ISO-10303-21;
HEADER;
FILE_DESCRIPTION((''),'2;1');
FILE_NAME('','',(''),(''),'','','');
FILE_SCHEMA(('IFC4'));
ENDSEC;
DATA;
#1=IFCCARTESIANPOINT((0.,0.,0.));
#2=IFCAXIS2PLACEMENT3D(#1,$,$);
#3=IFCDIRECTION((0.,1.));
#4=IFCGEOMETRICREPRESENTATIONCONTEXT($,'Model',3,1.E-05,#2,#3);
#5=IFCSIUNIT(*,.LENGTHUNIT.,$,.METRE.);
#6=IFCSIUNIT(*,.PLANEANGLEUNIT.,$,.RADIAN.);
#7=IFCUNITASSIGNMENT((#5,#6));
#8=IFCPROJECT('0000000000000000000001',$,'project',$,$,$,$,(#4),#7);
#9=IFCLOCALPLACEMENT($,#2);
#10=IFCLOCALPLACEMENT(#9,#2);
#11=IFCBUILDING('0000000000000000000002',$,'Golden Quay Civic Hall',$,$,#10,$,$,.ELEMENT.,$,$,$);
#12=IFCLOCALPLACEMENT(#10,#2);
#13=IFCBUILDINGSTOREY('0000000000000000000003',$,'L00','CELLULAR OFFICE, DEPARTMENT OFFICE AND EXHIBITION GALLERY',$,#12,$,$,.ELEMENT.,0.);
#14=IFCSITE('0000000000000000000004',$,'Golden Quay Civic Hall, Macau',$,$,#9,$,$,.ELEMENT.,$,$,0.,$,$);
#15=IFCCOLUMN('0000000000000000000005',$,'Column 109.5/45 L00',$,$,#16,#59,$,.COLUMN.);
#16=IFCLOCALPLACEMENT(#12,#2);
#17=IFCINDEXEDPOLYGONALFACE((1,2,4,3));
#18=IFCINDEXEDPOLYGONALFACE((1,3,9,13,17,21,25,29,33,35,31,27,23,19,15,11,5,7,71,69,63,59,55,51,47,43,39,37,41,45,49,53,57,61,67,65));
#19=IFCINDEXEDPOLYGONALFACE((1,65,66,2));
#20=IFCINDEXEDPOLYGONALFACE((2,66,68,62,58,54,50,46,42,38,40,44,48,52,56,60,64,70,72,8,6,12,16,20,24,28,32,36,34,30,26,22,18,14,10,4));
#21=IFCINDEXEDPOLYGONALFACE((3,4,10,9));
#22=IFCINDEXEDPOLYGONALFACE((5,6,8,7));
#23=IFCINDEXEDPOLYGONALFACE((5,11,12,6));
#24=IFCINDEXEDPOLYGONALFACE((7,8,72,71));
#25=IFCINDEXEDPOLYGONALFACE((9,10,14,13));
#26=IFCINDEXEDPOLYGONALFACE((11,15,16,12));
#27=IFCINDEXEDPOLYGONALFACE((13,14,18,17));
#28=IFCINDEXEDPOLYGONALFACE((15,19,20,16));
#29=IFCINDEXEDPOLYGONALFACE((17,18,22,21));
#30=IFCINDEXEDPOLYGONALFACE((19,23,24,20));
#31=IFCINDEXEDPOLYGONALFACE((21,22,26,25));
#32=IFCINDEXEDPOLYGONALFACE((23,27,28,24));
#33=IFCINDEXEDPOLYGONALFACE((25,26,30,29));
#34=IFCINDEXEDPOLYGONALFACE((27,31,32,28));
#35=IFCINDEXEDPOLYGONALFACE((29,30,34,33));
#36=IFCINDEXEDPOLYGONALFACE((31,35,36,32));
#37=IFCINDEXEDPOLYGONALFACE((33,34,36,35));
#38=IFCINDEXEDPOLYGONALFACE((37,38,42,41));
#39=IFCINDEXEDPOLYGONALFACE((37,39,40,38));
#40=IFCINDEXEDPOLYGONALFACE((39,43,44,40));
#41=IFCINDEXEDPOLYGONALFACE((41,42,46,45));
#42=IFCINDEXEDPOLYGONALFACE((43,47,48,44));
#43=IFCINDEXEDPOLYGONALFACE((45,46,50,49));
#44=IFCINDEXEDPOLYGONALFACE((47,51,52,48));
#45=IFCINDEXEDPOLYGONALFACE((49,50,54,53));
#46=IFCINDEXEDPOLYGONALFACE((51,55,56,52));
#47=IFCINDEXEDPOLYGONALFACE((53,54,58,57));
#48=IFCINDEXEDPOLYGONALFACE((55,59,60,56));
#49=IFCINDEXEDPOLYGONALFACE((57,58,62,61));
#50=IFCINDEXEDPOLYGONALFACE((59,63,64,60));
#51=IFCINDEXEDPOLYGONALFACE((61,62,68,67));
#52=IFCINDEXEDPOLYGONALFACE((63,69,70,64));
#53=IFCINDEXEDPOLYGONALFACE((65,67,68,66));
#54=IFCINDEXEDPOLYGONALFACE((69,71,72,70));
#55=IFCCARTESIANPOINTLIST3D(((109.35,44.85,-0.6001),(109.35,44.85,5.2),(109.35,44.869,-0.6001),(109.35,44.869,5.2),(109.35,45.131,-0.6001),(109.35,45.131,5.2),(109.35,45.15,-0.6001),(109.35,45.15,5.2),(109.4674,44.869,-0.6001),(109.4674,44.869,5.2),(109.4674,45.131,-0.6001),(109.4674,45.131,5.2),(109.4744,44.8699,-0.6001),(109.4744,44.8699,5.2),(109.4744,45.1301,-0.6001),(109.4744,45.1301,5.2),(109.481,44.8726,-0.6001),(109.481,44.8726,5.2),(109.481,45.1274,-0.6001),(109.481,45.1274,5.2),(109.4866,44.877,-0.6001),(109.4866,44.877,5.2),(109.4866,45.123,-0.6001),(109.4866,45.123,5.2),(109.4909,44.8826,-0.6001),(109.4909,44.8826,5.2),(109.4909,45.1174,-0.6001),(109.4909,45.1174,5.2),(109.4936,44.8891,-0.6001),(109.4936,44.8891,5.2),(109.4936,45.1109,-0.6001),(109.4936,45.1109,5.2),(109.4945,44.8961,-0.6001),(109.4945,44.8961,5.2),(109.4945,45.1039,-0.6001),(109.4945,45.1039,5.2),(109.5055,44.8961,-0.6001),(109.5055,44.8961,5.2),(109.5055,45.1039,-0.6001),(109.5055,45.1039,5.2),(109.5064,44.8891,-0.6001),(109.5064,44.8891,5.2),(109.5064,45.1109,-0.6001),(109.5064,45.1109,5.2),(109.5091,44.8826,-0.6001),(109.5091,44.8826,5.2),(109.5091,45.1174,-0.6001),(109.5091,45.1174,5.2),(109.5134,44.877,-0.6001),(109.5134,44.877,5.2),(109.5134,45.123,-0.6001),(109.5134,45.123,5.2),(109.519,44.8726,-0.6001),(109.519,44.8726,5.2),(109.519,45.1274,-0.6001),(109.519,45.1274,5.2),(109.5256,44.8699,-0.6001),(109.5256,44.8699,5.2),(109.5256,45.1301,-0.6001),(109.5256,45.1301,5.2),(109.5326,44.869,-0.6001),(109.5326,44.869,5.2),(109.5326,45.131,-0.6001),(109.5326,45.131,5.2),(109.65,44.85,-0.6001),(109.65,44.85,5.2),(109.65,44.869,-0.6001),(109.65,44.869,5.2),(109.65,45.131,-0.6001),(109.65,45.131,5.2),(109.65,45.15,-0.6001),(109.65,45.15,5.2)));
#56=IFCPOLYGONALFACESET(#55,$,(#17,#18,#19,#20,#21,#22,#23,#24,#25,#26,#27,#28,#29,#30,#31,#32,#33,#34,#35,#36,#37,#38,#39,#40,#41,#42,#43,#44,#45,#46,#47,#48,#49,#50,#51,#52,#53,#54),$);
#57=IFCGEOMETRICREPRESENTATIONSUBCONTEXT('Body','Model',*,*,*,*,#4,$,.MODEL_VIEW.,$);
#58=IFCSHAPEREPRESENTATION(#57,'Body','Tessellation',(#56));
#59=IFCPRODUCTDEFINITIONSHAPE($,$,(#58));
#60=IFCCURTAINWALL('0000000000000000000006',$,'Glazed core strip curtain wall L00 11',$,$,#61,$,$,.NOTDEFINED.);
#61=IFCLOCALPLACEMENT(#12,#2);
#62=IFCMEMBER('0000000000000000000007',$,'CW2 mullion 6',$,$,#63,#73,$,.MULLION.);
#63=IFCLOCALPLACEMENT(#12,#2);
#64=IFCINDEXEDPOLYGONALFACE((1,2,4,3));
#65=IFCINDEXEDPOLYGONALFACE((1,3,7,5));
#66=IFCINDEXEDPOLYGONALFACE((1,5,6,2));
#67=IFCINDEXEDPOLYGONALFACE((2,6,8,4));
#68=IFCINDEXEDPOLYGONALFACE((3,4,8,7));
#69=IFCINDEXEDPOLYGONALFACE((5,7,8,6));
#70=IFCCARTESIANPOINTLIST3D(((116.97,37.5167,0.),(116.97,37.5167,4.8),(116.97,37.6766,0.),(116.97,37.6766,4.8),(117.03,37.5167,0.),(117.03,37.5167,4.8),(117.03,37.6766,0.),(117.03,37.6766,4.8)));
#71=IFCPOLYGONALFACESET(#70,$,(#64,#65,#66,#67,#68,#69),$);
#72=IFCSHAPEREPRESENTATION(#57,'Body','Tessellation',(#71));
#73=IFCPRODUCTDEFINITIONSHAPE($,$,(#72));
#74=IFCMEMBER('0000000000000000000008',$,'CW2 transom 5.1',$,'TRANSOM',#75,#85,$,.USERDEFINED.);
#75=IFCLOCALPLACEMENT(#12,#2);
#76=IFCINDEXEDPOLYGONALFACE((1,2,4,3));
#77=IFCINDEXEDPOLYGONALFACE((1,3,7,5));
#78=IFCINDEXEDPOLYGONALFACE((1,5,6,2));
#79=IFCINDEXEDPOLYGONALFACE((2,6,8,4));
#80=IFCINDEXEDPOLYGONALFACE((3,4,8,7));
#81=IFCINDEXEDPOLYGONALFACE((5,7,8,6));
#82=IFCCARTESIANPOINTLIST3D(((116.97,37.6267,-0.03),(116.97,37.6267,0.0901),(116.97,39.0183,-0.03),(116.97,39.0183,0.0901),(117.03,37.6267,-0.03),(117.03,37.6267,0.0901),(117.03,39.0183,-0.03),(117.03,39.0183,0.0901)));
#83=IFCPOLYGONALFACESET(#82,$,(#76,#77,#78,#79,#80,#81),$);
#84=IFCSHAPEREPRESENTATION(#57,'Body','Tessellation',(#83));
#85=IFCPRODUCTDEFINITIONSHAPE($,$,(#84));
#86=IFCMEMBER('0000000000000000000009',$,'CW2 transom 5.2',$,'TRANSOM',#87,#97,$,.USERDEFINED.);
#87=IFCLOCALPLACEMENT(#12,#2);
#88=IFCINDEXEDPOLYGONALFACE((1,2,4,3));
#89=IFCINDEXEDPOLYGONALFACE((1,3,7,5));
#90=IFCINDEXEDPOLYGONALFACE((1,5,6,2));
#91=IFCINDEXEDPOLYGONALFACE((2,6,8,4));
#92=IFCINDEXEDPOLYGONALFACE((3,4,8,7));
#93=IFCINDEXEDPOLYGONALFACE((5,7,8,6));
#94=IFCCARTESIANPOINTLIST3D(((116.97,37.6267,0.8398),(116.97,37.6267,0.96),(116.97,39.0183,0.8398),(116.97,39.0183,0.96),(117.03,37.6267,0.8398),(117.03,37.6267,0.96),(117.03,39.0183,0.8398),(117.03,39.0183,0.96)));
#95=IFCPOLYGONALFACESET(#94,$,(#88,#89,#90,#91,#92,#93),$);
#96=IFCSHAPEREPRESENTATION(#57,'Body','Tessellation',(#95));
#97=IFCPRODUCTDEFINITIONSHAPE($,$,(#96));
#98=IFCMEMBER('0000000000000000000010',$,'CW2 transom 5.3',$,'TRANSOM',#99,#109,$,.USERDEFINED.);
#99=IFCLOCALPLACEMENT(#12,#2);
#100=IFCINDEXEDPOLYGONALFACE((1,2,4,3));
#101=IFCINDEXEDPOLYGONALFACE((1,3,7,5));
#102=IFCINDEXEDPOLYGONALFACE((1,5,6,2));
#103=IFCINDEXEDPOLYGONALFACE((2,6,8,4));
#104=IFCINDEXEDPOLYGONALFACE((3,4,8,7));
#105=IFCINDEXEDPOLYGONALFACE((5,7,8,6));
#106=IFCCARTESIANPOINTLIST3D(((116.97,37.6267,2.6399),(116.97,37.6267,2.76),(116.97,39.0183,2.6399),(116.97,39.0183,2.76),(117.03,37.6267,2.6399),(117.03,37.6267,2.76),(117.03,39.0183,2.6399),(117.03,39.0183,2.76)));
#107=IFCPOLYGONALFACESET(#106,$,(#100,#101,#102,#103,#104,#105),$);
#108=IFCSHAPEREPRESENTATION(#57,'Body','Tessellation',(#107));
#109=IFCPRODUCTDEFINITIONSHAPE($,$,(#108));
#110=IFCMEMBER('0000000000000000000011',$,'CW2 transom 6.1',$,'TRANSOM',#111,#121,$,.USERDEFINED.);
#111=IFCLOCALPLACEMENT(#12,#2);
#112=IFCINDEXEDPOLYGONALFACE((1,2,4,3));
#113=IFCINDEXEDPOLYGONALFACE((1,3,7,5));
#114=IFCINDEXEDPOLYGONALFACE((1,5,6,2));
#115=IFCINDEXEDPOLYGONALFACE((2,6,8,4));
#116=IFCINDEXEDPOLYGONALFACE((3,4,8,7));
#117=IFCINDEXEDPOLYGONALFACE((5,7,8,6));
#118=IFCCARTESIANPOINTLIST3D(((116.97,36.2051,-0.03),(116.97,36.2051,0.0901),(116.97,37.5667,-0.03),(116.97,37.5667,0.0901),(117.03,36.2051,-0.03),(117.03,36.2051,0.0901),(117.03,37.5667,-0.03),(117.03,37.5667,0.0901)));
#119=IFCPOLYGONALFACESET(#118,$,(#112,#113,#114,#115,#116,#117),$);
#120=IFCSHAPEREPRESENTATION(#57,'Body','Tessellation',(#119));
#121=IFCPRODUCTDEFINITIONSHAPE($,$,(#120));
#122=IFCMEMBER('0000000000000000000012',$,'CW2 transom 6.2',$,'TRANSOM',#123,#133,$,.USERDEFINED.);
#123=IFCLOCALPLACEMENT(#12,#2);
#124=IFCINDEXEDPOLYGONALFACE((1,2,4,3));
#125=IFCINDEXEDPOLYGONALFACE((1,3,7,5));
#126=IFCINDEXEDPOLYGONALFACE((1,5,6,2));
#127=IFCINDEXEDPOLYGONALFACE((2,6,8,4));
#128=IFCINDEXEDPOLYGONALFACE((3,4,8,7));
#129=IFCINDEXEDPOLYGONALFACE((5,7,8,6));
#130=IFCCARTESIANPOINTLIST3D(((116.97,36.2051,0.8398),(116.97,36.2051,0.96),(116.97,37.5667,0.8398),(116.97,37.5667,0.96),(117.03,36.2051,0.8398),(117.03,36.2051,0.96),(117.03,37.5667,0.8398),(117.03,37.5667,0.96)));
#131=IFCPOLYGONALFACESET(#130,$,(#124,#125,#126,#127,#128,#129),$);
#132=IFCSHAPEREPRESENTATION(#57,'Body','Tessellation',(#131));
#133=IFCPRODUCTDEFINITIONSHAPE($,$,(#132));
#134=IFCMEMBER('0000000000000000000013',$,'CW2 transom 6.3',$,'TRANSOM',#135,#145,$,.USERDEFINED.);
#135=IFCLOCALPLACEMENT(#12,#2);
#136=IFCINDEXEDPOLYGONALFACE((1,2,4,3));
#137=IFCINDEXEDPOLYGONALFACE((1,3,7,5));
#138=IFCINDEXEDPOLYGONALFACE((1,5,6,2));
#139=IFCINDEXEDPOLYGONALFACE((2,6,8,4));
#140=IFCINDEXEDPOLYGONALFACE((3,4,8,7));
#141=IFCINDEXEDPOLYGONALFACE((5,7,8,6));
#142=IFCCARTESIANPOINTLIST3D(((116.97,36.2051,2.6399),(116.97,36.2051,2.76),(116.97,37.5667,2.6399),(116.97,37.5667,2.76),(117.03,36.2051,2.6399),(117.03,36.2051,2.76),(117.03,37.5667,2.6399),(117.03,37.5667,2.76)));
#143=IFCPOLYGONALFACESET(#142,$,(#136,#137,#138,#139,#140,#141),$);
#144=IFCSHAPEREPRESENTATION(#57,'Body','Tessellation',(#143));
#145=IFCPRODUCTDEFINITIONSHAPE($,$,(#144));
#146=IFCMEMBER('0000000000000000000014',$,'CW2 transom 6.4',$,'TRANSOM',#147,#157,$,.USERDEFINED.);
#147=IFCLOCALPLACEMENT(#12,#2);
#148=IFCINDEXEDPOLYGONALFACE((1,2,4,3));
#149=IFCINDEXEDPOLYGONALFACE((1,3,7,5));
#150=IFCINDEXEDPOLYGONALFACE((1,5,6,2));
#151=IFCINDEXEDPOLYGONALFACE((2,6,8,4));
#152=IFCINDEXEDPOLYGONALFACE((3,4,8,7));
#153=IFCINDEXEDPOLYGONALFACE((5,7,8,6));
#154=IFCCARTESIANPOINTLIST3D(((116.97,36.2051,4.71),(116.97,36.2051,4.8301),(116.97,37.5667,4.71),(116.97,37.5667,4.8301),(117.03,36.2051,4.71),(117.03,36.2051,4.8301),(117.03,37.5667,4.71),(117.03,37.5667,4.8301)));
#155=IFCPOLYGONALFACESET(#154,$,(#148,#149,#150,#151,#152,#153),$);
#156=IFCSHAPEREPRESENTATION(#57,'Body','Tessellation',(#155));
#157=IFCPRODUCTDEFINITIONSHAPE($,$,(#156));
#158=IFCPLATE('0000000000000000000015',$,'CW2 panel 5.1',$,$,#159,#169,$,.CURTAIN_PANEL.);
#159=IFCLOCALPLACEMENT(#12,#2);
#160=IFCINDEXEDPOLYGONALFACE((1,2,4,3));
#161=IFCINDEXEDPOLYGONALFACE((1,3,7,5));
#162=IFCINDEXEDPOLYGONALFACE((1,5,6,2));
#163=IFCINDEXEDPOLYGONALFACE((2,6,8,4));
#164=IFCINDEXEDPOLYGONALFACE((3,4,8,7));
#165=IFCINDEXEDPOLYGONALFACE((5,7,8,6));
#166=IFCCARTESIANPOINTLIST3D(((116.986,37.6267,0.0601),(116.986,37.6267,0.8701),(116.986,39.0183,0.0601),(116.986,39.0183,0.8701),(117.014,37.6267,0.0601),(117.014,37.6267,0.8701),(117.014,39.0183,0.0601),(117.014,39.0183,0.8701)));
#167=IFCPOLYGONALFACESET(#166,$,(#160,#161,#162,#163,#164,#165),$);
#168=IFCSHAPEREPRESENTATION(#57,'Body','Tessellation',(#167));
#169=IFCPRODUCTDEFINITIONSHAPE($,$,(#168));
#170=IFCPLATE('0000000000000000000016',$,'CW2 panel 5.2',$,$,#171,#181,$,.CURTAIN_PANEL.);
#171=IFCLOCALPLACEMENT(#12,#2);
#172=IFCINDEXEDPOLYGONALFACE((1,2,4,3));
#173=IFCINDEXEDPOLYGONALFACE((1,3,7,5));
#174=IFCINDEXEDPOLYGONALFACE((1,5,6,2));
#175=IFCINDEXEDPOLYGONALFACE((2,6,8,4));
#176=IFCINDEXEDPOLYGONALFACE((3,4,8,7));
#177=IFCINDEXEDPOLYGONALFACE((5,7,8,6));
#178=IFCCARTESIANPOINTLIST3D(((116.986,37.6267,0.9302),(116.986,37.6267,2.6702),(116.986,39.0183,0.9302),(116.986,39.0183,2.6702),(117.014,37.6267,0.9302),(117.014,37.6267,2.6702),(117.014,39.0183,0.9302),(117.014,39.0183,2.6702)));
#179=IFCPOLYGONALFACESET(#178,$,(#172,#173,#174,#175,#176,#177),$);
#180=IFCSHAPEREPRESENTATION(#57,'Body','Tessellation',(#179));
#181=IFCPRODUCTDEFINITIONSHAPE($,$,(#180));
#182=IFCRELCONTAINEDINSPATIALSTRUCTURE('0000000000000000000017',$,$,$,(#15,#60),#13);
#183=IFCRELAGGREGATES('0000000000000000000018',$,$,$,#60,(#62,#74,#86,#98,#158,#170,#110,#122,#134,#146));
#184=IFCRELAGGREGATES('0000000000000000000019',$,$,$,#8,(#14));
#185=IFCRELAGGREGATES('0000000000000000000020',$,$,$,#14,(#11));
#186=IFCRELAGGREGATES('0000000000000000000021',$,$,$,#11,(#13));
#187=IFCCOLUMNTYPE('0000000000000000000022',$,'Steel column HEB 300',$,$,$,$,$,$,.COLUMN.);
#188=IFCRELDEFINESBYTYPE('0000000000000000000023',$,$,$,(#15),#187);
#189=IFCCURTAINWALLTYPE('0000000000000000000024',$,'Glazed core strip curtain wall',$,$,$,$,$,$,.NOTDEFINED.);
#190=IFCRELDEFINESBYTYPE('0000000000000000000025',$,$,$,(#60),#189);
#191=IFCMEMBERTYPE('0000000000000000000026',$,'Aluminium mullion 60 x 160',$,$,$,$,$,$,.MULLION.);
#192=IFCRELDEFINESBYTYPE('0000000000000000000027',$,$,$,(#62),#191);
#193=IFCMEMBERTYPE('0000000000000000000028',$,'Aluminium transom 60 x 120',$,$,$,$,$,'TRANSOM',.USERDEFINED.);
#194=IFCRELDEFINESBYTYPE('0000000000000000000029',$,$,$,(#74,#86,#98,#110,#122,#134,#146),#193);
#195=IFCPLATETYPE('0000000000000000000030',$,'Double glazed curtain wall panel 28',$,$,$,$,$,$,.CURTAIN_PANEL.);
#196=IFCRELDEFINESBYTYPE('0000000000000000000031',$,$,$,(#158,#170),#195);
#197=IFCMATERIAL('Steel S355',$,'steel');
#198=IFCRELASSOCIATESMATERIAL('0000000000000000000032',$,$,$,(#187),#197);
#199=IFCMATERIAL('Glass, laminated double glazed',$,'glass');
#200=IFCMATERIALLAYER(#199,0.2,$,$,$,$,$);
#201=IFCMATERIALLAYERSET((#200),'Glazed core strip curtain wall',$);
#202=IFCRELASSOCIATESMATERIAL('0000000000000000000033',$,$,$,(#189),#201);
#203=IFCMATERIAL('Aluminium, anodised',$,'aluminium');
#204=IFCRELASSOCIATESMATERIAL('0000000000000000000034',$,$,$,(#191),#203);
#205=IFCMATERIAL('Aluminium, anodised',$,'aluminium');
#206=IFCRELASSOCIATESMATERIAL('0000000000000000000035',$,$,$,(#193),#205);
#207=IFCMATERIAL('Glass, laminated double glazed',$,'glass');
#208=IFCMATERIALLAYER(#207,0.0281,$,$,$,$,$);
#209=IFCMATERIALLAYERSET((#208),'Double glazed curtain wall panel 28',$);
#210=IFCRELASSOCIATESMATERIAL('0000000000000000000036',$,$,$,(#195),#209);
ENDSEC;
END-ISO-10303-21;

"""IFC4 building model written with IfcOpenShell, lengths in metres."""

from ifc_helpers import new_model, si_unit, direction, frame, origin, origin_2d, place, context, subcontext, project, spatial, rectangle, i_section, extrude, material, layer, layer_set, material_profile, profile_set, type_object, element, aggregate, save


model = new_model("IFC4")

# Units and contexts
model_context = context("Model", 3, precision=1e-05, world=origin(), true_north=direction((0.0, 1.0)))
body_context = subcontext(model_context, "Body", "Model", "MODEL_VIEW")
ifc_project = project(units=[si_unit("LENGTHUNIT", "METRE"), si_unit("PLANEANGLEUNIT", "RADIAN")], contexts=[model_context])

# Site, building, storey
site_placement = place(None, origin())
site = spatial("IfcSite", under=ifc_project, at=site_placement, Name="Golden Quay Civic Hall, Macau", CompositionType="ELEMENT", RefElevation=0.0)
building_placement = place(site_placement, origin())
building = spatial("IfcBuilding", under=site, at=building_placement, Name="Golden Quay Civic Hall", CompositionType="ELEMENT")
storey_placement = place(building_placement, origin())
storey = spatial("IfcBuildingStorey", under=building, at=storey_placement, Name="L00", Description="CELLULAR OFFICE, DEPARTMENT OFFICE AND EXHIBITION GALLERY", CompositionType="ELEMENT", Elevation=0.0)

# Column
ifc_material_1 = material(Name="Steel S355", Category="steel")
ifc_material_profile_1 = material_profile(ifc_material_1, i_section(OverallWidth=0.3, OverallDepth=0.3, WebThickness=0.011, FlangeThickness=0.019, FilletRadius=0.0271, at=origin_2d()), Name="HEB 300")
ifc_profile_set_1 = profile_set([ifc_material_profile_1], Name="Steel S355")
column_type = type_object("IfcColumnType", Name="Steel column HEB 300", PredefinedType="COLUMN", material=ifc_profile_set_1)
column_placement = place(storey_placement, frame((109.5, 45.0, -0.6001), z_axis=(0.0, 0.0, 1.0), x_axis=(1.0, 0.0, 0.0)))
element("IfcColumn", 1, at=column_placement, inside=storey, type_object=column_type, Name="Column 109.5/45 L00", PredefinedType="COLUMN", context=body_context, shape_type="SweptSolid", body=[
    extrude(i_section(OverallWidth=0.3, OverallDepth=0.3, WebThickness=0.011, FlangeThickness=0.019, FilletRadius=0.0271, at=origin_2d()), origin(), (0.0, 0.0, 1.0), 5.8),
])

# Curtain wall, members, plates
ifc_material_2 = material(Name="Glass, laminated double glazed", Category="glass")
ifc_layer_1 = layer(ifc_material_2, 0.2)
ifc_layer_set_1 = layer_set([ifc_layer_1], Name="Glazed core strip curtain wall")
curtain_wall_type = type_object("IfcCurtainWallType", Name="Glazed core strip curtain wall", PredefinedType="NOTDEFINED", material=ifc_layer_set_1)
curtain_wall_placement = place(storey_placement, origin())
curtain_wall = element("IfcCurtainWall", 2, at=curtain_wall_placement, inside=storey, type_object=curtain_wall_type, Name="Glazed core strip curtain wall L00 11", PredefinedType="NOTDEFINED")
ifc_material_3 = material(Name="Aluminium, anodised", Category="aluminium")
ifc_material_profile_2 = material_profile(ifc_material_3, rectangle(XDim=0.0601, YDim=0.1599, at=origin_2d()), Name="Aluminium 60 x 160")
ifc_profile_set_2 = profile_set([ifc_material_profile_2], Name="Aluminium, anodised")
member_type_1 = type_object("IfcMemberType", Name="Aluminium mullion 60 x 160", PredefinedType="MULLION", material=ifc_profile_set_2)
member_1_placement = place(storey_placement, frame((117.0, 37.5967, 0.0), z_axis=(0.0, 0.0, 1.0), x_axis=(1.0, 0.0, 0.0)))
member_1 = element("IfcMember", 3, at=member_1_placement, type_object=member_type_1, Name="CW2 mullion 6", PredefinedType="MULLION", context=body_context, shape_type="SweptSolid", body=[
    extrude(rectangle(XDim=0.0601, YDim=0.1599, at=origin_2d()), origin(), (0.0, 0.0, 1.0), 4.8),
])
ifc_material_4 = material(Name="Aluminium, anodised", Category="aluminium")
ifc_material_profile_3 = material_profile(ifc_material_4, rectangle(XDim=0.0601, YDim=0.1201, at=origin_2d()), Name="Aluminium 60 x 120")
ifc_profile_set_3 = profile_set([ifc_material_profile_3], Name="Aluminium, anodised")
member_type_2 = type_object("IfcMemberType", Name="Aluminium transom 60 x 120", ElementType="TRANSOM", PredefinedType="USERDEFINED", material=ifc_profile_set_3)
member_2_placement = place(storey_placement, frame((117.0, 39.0183, 0.03), z_axis=(0.0, -1.0, 0.0), x_axis=(1.0, 0.0, 0.0)))
member_2 = element("IfcMember", 4, at=member_2_placement, type_object=member_type_2, Name="CW2 transom 5.1", ObjectType="TRANSOM", PredefinedType="USERDEFINED", context=body_context, shape_type="SweptSolid", body=[
    extrude(rectangle(XDim=0.0601, YDim=0.1201, at=origin_2d()), origin(), (0.0, 0.0, 1.0), 1.3916),
])
member_3_placement = place(storey_placement, frame((117.0, 39.0183, 0.8999), z_axis=(0.0, -1.0, 0.0), x_axis=(1.0, 0.0, 0.0)))
member_3 = element("IfcMember", 5, at=member_3_placement, type_object=member_type_2, Name="CW2 transom 5.2", ObjectType="TRANSOM", PredefinedType="USERDEFINED", context=body_context, shape_type="SweptSolid", body=[
    extrude(rectangle(XDim=0.0601, YDim=0.1201, at=origin_2d()), origin(), (0.0, 0.0, 1.0), 1.3916),
])
member_4_placement = place(storey_placement, frame((117.0, 39.0183, 2.7), z_axis=(0.0, -1.0, 0.0), x_axis=(1.0, 0.0, 0.0)))
member_4 = element("IfcMember", 6, at=member_4_placement, type_object=member_type_2, Name="CW2 transom 5.3", ObjectType="TRANSOM", PredefinedType="USERDEFINED", context=body_context, shape_type="SweptSolid", body=[
    extrude(rectangle(XDim=0.0601, YDim=0.1201, at=origin_2d()), origin(), (0.0, 0.0, 1.0), 1.3916),
])
member_5_placement = place(storey_placement, frame((117.0, 37.5667, 0.03), z_axis=(0.0, -1.0, 0.0), x_axis=(1.0, 0.0, 0.0)))
member_5 = element("IfcMember", 7, at=member_5_placement, type_object=member_type_2, Name="CW2 transom 6.1", ObjectType="TRANSOM", PredefinedType="USERDEFINED", context=body_context, shape_type="SweptSolid", body=[
    extrude(rectangle(XDim=0.0601, YDim=0.1201, at=origin_2d()), origin(), (0.0, 0.0, 1.0), 1.3616),
])
member_6_placement = place(storey_placement, frame((117.0, 37.5667, 0.8999), z_axis=(0.0, -1.0, 0.0), x_axis=(1.0, 0.0, 0.0)))
member_6 = element("IfcMember", 8, at=member_6_placement, type_object=member_type_2, Name="CW2 transom 6.2", ObjectType="TRANSOM", PredefinedType="USERDEFINED", context=body_context, shape_type="SweptSolid", body=[
    extrude(rectangle(XDim=0.0601, YDim=0.1201, at=origin_2d()), origin(), (0.0, 0.0, 1.0), 1.3616),
])
member_7_placement = place(storey_placement, frame((117.0, 37.5667, 2.7), z_axis=(0.0, -1.0, 0.0), x_axis=(1.0, 0.0, 0.0)))
member_7 = element("IfcMember", 9, at=member_7_placement, type_object=member_type_2, Name="CW2 transom 6.3", ObjectType="TRANSOM", PredefinedType="USERDEFINED", context=body_context, shape_type="SweptSolid", body=[
    extrude(rectangle(XDim=0.0601, YDim=0.1201, at=origin_2d()), origin(), (0.0, 0.0, 1.0), 1.3616),
])
member_8_placement = place(storey_placement, frame((117.0, 37.5667, 4.77), z_axis=(0.0, -1.0, 0.0), x_axis=(1.0, 0.0, 0.0)))
member_8 = element("IfcMember", 10, at=member_8_placement, type_object=member_type_2, Name="CW2 transom 6.4", ObjectType="TRANSOM", PredefinedType="USERDEFINED", context=body_context, shape_type="SweptSolid", body=[
    extrude(rectangle(XDim=0.0601, YDim=0.1201, at=origin_2d()), origin(), (0.0, 0.0, 1.0), 1.3616),
])
ifc_material_5 = material(Name="Glass, laminated double glazed", Category="glass")
ifc_layer_2 = layer(ifc_material_5, 0.0281)
ifc_layer_set_2 = layer_set([ifc_layer_2], Name="Double glazed curtain wall panel 28")
plate_type = type_object("IfcPlateType", Name="Double glazed curtain wall panel 28", PredefinedType="CURTAIN_PANEL", material=ifc_layer_set_2)
plate_1_placement = place(storey_placement, frame((117.0, 38.3225, 0.0601), z_axis=(0.0, 0.0, 1.0), x_axis=(0.0, -1.0, 0.0)))
plate_1 = element("IfcPlate", 11, at=plate_1_placement, type_object=plate_type, Name="CW2 panel 5.1", PredefinedType="CURTAIN_PANEL", context=body_context, shape_type="SweptSolid", body=[
    extrude(rectangle(XDim=1.3916, YDim=0.0281, at=origin_2d()), origin(), (0.0, 0.0, 1.0), 0.8101),
])
plate_2_placement = place(storey_placement, frame((117.0, 38.3225, 0.9302), z_axis=(0.0, 0.0, 1.0), x_axis=(0.0, -1.0, 0.0)))
plate_2 = element("IfcPlate", 12, at=plate_2_placement, type_object=plate_type, Name="CW2 panel 5.2", PredefinedType="CURTAIN_PANEL", context=body_context, shape_type="SweptSolid", body=[
    extrude(rectangle(XDim=1.3916, YDim=0.0281, at=origin_2d()), origin(), (0.0, 0.0, 1.0), 1.74),
])
aggregate(curtain_wall, [member_1, member_2, member_3, member_4, plate_1, plate_2, member_5, member_6, member_7, member_8])

save(model, "model.ifc")
